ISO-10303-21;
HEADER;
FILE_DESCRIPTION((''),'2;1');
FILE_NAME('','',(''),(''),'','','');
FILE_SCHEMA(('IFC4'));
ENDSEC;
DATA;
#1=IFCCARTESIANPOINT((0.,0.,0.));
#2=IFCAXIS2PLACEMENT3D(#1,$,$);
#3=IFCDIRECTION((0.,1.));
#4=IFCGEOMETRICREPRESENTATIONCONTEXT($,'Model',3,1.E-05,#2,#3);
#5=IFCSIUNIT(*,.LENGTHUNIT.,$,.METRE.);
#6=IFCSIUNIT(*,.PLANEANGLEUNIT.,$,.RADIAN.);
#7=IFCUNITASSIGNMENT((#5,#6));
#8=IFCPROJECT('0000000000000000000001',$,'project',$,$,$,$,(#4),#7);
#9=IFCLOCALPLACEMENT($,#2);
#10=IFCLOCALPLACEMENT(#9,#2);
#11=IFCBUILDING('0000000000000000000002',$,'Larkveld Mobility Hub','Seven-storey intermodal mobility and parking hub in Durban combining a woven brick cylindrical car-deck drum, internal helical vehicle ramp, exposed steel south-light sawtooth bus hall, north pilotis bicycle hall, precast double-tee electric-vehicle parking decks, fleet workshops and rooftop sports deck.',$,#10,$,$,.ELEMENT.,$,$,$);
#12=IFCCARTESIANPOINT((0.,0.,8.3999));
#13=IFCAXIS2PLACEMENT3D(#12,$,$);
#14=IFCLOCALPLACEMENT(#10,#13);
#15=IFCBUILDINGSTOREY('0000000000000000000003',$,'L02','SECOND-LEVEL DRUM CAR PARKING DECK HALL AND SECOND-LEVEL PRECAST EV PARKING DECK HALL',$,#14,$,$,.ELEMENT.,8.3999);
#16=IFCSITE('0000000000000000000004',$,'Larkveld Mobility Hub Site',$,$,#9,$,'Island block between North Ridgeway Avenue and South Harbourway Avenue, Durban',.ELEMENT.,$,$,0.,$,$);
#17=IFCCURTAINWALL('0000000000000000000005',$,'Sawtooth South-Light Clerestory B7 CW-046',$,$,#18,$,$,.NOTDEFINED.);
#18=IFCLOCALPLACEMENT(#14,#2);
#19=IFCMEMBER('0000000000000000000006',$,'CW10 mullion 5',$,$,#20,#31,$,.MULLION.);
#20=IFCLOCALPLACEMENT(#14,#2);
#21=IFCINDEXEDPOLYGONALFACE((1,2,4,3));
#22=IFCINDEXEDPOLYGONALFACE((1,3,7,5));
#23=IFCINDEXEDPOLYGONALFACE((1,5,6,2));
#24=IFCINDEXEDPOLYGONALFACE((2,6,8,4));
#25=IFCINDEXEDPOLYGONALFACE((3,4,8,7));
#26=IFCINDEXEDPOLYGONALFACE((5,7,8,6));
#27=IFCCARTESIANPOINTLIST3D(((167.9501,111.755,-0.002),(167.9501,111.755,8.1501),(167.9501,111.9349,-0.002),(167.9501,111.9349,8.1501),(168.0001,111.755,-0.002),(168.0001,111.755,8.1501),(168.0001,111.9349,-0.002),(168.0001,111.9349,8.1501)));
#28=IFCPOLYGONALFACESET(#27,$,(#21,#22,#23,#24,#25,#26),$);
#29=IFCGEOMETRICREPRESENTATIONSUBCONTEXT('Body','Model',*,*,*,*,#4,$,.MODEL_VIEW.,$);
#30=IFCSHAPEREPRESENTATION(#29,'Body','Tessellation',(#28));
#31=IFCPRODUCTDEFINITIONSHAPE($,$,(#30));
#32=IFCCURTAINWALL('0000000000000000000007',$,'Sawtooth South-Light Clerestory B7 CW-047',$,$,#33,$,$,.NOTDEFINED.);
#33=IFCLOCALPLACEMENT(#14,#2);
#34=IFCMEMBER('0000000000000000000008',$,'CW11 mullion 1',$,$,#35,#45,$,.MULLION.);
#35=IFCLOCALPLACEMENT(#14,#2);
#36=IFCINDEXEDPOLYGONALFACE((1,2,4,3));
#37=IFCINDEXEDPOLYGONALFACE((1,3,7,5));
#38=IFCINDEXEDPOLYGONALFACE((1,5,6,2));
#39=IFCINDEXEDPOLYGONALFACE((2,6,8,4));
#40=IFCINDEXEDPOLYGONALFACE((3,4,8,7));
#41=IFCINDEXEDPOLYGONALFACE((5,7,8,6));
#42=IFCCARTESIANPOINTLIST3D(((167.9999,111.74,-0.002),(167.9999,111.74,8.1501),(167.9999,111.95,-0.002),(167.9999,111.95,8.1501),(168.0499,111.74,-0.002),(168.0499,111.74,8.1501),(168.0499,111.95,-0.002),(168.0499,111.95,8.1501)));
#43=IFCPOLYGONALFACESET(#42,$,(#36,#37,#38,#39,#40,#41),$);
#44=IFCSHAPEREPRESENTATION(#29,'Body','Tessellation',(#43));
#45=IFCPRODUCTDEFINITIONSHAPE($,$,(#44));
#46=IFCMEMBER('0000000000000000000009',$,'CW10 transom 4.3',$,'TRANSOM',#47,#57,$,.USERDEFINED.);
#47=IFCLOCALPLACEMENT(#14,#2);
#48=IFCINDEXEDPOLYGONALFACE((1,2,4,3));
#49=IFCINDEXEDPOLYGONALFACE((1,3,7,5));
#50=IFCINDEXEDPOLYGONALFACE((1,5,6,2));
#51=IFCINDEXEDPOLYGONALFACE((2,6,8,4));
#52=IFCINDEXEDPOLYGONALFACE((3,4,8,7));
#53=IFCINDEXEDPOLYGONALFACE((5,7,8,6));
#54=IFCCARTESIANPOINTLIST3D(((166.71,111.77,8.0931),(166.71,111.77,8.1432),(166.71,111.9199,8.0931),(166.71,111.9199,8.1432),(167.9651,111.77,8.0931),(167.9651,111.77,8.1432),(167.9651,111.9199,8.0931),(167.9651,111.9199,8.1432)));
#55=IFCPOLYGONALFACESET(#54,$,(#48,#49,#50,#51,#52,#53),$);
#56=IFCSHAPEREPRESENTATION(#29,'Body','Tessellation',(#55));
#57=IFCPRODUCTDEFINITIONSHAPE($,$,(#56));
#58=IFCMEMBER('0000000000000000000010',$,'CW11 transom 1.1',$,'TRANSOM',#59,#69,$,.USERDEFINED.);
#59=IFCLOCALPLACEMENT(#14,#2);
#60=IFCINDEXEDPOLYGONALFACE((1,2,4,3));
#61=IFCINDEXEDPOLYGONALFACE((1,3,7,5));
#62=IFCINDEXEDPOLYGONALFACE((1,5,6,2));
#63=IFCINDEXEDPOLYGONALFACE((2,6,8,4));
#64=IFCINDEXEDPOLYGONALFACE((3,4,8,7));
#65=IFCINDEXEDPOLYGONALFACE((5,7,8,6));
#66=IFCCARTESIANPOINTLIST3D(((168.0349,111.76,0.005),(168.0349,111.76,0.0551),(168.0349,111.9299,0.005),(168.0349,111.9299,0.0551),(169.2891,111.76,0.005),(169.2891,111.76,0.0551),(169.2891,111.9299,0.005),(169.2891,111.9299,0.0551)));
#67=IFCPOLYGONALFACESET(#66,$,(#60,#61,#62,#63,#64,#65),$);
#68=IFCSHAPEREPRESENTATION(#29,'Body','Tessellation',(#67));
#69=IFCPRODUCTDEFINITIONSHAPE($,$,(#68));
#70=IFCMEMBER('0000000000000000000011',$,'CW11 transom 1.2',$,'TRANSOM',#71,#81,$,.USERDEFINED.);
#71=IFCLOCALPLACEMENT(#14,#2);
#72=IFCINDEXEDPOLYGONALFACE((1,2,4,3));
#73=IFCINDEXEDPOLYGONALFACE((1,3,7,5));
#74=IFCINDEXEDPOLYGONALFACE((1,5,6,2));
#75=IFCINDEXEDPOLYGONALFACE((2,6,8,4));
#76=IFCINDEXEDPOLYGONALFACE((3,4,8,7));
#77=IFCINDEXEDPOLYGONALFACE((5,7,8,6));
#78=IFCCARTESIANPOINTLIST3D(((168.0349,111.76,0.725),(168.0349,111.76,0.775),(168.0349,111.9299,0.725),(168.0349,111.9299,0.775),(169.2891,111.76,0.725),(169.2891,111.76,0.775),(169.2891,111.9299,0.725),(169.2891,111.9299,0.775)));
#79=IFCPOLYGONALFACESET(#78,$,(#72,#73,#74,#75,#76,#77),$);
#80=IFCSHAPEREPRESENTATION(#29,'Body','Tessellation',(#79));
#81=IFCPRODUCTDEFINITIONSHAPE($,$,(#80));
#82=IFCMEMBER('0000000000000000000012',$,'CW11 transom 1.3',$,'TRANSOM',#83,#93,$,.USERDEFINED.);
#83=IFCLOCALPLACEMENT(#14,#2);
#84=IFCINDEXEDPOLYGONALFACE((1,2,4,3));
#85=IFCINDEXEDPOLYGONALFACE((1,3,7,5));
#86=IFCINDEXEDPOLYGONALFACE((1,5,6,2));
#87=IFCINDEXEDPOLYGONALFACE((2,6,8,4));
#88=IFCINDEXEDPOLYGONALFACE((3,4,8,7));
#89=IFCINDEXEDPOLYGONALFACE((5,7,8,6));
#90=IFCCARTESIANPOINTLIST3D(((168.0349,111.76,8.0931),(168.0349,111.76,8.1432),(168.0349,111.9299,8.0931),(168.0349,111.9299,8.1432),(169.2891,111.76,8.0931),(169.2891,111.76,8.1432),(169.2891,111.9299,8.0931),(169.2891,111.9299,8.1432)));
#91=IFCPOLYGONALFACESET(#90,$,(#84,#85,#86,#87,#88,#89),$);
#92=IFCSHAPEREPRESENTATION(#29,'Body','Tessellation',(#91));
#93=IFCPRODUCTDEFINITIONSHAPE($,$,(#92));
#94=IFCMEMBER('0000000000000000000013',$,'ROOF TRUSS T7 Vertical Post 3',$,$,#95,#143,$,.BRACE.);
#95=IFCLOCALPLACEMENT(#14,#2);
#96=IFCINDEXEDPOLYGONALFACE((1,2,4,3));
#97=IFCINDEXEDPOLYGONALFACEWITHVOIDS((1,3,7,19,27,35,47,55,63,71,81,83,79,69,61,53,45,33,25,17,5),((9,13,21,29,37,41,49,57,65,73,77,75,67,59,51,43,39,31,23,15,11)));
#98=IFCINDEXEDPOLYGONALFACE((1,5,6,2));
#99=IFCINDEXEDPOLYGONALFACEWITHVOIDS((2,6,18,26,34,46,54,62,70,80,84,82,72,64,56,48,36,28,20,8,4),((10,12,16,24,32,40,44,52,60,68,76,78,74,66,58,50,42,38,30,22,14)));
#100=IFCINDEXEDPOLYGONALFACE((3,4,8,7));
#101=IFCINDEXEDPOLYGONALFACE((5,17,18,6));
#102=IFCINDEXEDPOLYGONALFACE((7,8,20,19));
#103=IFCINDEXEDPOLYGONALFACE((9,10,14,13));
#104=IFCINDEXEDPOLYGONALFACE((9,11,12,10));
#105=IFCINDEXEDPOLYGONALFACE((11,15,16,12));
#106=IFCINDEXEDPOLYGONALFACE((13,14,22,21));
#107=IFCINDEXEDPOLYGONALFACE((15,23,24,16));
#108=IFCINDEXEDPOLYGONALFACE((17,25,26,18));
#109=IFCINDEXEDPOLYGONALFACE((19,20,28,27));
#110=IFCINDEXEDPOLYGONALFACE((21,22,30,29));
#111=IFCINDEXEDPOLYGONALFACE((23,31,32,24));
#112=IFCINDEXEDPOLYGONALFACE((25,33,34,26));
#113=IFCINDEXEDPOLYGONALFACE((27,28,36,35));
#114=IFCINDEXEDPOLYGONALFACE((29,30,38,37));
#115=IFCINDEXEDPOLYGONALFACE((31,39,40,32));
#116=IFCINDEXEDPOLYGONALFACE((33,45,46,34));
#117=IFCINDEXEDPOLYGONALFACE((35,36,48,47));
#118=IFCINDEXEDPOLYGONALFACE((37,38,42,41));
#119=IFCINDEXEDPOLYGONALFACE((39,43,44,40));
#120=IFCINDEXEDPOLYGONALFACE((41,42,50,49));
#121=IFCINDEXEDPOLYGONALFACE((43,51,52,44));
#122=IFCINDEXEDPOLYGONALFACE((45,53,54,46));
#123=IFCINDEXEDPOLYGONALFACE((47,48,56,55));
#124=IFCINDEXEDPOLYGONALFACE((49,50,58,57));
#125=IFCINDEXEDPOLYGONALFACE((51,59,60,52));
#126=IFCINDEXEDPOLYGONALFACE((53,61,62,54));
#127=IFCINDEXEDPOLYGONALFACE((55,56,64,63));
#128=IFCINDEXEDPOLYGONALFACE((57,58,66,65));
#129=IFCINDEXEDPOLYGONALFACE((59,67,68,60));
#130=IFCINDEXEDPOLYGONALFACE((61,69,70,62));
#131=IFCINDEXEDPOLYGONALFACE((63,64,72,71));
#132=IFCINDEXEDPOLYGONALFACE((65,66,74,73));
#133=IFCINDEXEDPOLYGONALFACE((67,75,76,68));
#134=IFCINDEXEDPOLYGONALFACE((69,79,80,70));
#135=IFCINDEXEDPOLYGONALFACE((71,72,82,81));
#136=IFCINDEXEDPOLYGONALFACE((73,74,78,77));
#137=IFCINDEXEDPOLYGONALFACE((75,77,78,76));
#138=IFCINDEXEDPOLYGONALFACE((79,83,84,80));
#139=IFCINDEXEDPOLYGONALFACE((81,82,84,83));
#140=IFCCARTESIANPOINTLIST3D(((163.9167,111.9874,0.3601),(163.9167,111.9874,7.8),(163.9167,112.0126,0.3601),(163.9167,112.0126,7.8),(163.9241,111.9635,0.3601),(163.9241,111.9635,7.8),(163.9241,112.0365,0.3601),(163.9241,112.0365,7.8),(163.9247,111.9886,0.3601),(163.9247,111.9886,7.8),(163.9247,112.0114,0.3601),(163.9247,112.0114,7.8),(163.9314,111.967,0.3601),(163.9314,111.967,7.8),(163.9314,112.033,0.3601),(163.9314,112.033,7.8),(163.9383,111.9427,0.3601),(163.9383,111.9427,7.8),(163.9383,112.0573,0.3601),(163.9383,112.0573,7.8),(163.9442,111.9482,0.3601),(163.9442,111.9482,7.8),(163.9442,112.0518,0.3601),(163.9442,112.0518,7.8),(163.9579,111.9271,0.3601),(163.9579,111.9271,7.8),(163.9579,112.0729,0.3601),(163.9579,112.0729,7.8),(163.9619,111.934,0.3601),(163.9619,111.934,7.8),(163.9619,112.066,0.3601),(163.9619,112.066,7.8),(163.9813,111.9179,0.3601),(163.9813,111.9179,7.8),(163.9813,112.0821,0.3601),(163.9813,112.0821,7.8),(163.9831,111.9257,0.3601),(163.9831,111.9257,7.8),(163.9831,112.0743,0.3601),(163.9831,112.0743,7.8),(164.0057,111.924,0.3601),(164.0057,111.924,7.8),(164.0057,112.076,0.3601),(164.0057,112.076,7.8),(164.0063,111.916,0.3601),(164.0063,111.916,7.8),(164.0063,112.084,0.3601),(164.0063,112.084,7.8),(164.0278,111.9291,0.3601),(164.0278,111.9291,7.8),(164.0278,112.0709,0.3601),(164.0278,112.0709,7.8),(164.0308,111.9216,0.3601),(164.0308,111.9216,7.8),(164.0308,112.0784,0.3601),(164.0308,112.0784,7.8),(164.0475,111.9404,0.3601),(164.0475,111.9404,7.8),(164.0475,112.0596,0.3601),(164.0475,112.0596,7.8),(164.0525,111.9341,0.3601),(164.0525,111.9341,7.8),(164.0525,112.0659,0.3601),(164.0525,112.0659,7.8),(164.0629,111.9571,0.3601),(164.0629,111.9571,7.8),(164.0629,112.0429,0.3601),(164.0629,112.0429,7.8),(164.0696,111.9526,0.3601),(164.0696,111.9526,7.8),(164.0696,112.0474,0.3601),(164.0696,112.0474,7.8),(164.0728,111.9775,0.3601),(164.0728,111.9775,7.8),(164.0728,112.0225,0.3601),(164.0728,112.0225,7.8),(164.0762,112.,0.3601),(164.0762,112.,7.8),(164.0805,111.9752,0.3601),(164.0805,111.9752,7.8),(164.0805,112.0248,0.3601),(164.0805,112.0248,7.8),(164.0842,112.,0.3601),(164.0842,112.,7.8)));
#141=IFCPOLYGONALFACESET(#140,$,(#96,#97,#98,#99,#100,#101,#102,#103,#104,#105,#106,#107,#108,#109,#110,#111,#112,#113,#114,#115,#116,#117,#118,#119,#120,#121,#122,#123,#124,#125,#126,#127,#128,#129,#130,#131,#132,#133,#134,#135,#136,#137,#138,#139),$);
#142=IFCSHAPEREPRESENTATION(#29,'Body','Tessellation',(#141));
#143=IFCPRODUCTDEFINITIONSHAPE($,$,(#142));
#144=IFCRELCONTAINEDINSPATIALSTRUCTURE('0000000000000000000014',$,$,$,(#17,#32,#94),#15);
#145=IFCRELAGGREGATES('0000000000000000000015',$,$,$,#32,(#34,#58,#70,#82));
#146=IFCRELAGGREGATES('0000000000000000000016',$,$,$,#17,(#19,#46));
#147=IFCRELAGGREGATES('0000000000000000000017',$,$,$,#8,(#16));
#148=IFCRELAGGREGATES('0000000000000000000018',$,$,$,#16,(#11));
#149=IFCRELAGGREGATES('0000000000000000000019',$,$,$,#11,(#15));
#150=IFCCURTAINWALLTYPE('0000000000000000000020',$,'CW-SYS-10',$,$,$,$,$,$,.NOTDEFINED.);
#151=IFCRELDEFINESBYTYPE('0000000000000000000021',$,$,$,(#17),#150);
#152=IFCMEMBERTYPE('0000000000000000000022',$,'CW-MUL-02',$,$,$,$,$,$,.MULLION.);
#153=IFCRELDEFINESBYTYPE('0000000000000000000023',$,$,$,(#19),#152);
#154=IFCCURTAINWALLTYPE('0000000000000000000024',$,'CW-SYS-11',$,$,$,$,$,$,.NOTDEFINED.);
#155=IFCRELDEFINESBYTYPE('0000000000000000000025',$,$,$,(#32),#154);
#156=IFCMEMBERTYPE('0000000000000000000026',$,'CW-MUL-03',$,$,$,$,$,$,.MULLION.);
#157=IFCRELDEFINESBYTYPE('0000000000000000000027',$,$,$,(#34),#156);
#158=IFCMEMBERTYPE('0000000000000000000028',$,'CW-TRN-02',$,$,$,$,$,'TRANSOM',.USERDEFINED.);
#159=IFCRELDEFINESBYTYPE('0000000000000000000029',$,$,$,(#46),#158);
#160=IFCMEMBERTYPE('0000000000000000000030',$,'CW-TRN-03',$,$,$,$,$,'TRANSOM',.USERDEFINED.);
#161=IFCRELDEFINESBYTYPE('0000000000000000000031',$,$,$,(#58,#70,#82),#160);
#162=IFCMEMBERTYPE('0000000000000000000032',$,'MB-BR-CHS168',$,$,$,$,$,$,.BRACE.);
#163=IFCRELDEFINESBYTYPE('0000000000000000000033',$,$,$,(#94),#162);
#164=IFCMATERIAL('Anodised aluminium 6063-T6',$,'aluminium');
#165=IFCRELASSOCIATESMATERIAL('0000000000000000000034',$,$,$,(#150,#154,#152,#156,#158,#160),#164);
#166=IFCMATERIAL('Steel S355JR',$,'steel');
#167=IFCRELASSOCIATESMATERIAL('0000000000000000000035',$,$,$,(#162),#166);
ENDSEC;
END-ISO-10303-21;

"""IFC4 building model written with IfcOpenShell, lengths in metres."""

from ifc_helpers import new_model, si_unit, direction, frame, origin, origin_2d, place, context, subcontext, project, spatial, rectangle, hollow_circle, extrude, material, material_profile, profile_set, type_object, element, aggregate, save


model = new_model("IFC4")

# Units and contexts
model_context = context("Model", 3, precision=1e-05, world=origin(), true_north=direction((0.0, 1.0)))
body_context = subcontext(model_context, "Body", "Model", "MODEL_VIEW")
ifc_project = project(units=[si_unit("LENGTHUNIT", "METRE"), si_unit("PLANEANGLEUNIT", "RADIAN")], contexts=[model_context])

# Site, building, storey
site_placement = place(None, origin())
site = spatial("IfcSite", under=ifc_project, at=site_placement, Name="Larkveld Mobility Hub Site", LongName="Island block between North Ridgeway Avenue and South Harbourway Avenue, Durban", CompositionType="ELEMENT", RefElevation=0.0)
building_placement = place(site_placement, origin())
building = spatial("IfcBuilding", under=site, at=building_placement, Name="Larkveld Mobility Hub", Description="Seven-storey intermodal mobility and parking hub in Durban combining a woven brick cylindrical car-deck drum, internal helical vehicle ramp, exposed steel south-light sawtooth bus hall, north pilotis bicycle hall, precast double-tee electric-vehicle parking decks, fleet workshops and rooftop sports deck.", CompositionType="ELEMENT")
storey_placement = place(building_placement, frame((0.0, 0.0, 8.3999)))
storey = spatial("IfcBuildingStorey", under=building, at=storey_placement, Name="L02", Description="SECOND-LEVEL DRUM CAR PARKING DECK HALL AND SECOND-LEVEL PRECAST EV PARKING DECK HALL", CompositionType="ELEMENT", Elevation=8.3999)

# Curtain walls, members
ifc_material_1 = material(Name="Anodised aluminium 6063-T6", Category="aluminium")
curtain_wall_type_1 = type_object("IfcCurtainWallType", Name="CW-SYS-10", PredefinedType="NOTDEFINED", material=ifc_material_1)
curtain_wall_1_placement = place(storey_placement, origin())
curtain_wall_1 = element("IfcCurtainWall", 1, at=curtain_wall_1_placement, inside=storey, type_object=curtain_wall_type_1, Name="Sawtooth South-Light Clerestory B7 CW-046", PredefinedType="NOTDEFINED")
ifc_material_profile_1 = material_profile(ifc_material_1, rectangle(XDim=0.05, YDim=0.1799, at=origin_2d()), Name="ALU MULL 50x180")
ifc_profile_set_1 = profile_set([ifc_material_profile_1], Name="Anodised aluminium 6063-T6")
member_type_1 = type_object("IfcMemberType", Name="CW-MUL-02", PredefinedType="MULLION", material=ifc_profile_set_1)
member_1_placement = place(storey_placement, frame((167.9751, 111.845, -0.002), z_axis=(0.0, 0.0, 1.0), x_axis=(1.0, 0.0, 0.0)))
member_1 = element("IfcMember", 2, at=member_1_placement, type_object=member_type_1, Name="CW10 mullion 5", PredefinedType="MULLION", context=body_context, shape_type="SweptSolid", body=[
    extrude(rectangle(XDim=0.05, YDim=0.1799, at=origin_2d()), origin(), (0.0, 0.0, 1.0), 8.1521),
])
curtain_wall_type_2 = type_object("IfcCurtainWallType", Name="CW-SYS-11", PredefinedType="NOTDEFINED", material=ifc_material_1)
curtain_wall_2_placement = place(storey_placement, origin())
curtain_wall_2 = element("IfcCurtainWall", 3, at=curtain_wall_2_placement, inside=storey, type_object=curtain_wall_type_2, Name="Sawtooth South-Light Clerestory B7 CW-047", PredefinedType="NOTDEFINED")
ifc_material_profile_2 = material_profile(ifc_material_1, rectangle(XDim=0.05, YDim=0.21, at=origin_2d()), Name="ALU MULL 50x210")
ifc_profile_set_2 = profile_set([ifc_material_profile_2], Name="Anodised aluminium 6063-T6")
member_type_2 = type_object("IfcMemberType", Name="CW-MUL-03", PredefinedType="MULLION", material=ifc_profile_set_2)
member_2_placement = place(storey_placement, frame((168.0249, 111.845, -0.002), z_axis=(0.0, 0.0, 1.0), x_axis=(1.0, 0.0, 0.0)))
member_2 = element("IfcMember", 4, at=member_2_placement, type_object=member_type_2, Name="CW11 mullion 1", PredefinedType="MULLION", context=body_context, shape_type="SweptSolid", body=[
    extrude(rectangle(XDim=0.05, YDim=0.21, at=origin_2d()), origin(), (0.0, 0.0, 1.0), 8.1521),
])

# Members
ifc_material_profile_3 = material_profile(ifc_material_1, rectangle(XDim=0.1499, YDim=0.05, at=origin_2d()), Name="ALU TRAN 50x150")
ifc_profile_set_3 = profile_set([ifc_material_profile_3], Name="Anodised aluminium 6063-T6")
member_type_3 = type_object("IfcMemberType", Name="CW-TRN-02", ElementType="TRANSOM", PredefinedType="USERDEFINED", material=ifc_profile_set_3)
member_3_placement = place(storey_placement, frame((166.71, 111.845, 8.1182), z_axis=(1.0, 0.0, 0.0), x_axis=(0.0, 1.0, 0.0)))
member_3 = element("IfcMember", 5, at=member_3_placement, type_object=member_type_3, Name="CW10 transom 4.3", ObjectType="TRANSOM", PredefinedType="USERDEFINED", context=body_context, shape_type="SweptSolid", body=[
    extrude(rectangle(XDim=0.1499, YDim=0.05, at=origin_2d()), origin(), (0.0, 0.0, 1.0), 1.2551),
])
ifc_material_profile_4 = material_profile(ifc_material_1, rectangle(XDim=0.1699, YDim=0.05, at=origin_2d()), Name="ALU TRAN 50x170")
ifc_profile_set_4 = profile_set([ifc_material_profile_4], Name="Anodised aluminium 6063-T6")
member_type_4 = type_object("IfcMemberType", Name="CW-TRN-03", ElementType="TRANSOM", PredefinedType="USERDEFINED", material=ifc_profile_set_4)
member_4_placement = place(storey_placement, frame((168.0349, 111.845, 0.03), z_axis=(1.0, 0.0, 0.0), x_axis=(0.0, 1.0, 0.0)))
member_4 = element("IfcMember", 6, at=member_4_placement, type_object=member_type_4, Name="CW11 transom 1.1", ObjectType="TRANSOM", PredefinedType="USERDEFINED", context=body_context, shape_type="SweptSolid", body=[
    extrude(rectangle(XDim=0.1699, YDim=0.05, at=origin_2d()), origin(), (0.0, 0.0, 1.0), 1.2542),
])
member_5_placement = place(storey_placement, frame((168.0349, 111.845, 0.75), z_axis=(1.0, 0.0, 0.0), x_axis=(0.0, 1.0, 0.0)))
member_5 = element("IfcMember", 7, at=member_5_placement, type_object=member_type_4, Name="CW11 transom 1.2", ObjectType="TRANSOM", PredefinedType="USERDEFINED", context=body_context, shape_type="SweptSolid", body=[
    extrude(rectangle(XDim=0.1699, YDim=0.05, at=origin_2d()), origin(), (0.0, 0.0, 1.0), 1.2542),
])
member_6_placement = place(storey_placement, frame((168.0349, 111.845, 8.1182), z_axis=(1.0, 0.0, 0.0), x_axis=(0.0, 1.0, 0.0)))
member_6 = element("IfcMember", 8, at=member_6_placement, type_object=member_type_4, Name="CW11 transom 1.3", ObjectType="TRANSOM", PredefinedType="USERDEFINED", context=body_context, shape_type="SweptSolid", body=[
    extrude(rectangle(XDim=0.1699, YDim=0.05, at=origin_2d()), origin(), (0.0, 0.0, 1.0), 1.2542),
])
aggregate(curtain_wall_2, [member_2, member_4, member_5, member_6])

# Member
ifc_material_2 = material(Name="Steel S355JR", Category="steel")
ifc_material_profile_5 = material_profile(ifc_material_2, hollow_circle(Radius=0.0842, WallThickness=0.0081, at=origin_2d()), Name="CHS 168.3x8")
ifc_profile_set_5 = profile_set([ifc_material_profile_5], Name="Steel S355JR")
member_type_5 = type_object("IfcMemberType", Name="MB-BR-CHS168", PredefinedType="BRACE", material=ifc_profile_set_5)
member_7_placement = place(storey_placement, frame((164.0, 112.0, 0.3601), z_axis=(0.0, 0.0, 1.0), x_axis=(1.0, 0.0, 0.0)))
element("IfcMember", 9, at=member_7_placement, inside=storey, type_object=member_type_5, Name="ROOF TRUSS T7 Vertical Post 3", PredefinedType="BRACE", context=body_context, shape_type="SweptSolid", body=[
    extrude(hollow_circle(Radius=0.0842, WallThickness=0.0081, at=origin_2d()), origin(), (0.0, 0.0, 1.0), 7.4399),
])

aggregate(curtain_wall_1, [member_1, member_3])

save(model, "model.ifc")
